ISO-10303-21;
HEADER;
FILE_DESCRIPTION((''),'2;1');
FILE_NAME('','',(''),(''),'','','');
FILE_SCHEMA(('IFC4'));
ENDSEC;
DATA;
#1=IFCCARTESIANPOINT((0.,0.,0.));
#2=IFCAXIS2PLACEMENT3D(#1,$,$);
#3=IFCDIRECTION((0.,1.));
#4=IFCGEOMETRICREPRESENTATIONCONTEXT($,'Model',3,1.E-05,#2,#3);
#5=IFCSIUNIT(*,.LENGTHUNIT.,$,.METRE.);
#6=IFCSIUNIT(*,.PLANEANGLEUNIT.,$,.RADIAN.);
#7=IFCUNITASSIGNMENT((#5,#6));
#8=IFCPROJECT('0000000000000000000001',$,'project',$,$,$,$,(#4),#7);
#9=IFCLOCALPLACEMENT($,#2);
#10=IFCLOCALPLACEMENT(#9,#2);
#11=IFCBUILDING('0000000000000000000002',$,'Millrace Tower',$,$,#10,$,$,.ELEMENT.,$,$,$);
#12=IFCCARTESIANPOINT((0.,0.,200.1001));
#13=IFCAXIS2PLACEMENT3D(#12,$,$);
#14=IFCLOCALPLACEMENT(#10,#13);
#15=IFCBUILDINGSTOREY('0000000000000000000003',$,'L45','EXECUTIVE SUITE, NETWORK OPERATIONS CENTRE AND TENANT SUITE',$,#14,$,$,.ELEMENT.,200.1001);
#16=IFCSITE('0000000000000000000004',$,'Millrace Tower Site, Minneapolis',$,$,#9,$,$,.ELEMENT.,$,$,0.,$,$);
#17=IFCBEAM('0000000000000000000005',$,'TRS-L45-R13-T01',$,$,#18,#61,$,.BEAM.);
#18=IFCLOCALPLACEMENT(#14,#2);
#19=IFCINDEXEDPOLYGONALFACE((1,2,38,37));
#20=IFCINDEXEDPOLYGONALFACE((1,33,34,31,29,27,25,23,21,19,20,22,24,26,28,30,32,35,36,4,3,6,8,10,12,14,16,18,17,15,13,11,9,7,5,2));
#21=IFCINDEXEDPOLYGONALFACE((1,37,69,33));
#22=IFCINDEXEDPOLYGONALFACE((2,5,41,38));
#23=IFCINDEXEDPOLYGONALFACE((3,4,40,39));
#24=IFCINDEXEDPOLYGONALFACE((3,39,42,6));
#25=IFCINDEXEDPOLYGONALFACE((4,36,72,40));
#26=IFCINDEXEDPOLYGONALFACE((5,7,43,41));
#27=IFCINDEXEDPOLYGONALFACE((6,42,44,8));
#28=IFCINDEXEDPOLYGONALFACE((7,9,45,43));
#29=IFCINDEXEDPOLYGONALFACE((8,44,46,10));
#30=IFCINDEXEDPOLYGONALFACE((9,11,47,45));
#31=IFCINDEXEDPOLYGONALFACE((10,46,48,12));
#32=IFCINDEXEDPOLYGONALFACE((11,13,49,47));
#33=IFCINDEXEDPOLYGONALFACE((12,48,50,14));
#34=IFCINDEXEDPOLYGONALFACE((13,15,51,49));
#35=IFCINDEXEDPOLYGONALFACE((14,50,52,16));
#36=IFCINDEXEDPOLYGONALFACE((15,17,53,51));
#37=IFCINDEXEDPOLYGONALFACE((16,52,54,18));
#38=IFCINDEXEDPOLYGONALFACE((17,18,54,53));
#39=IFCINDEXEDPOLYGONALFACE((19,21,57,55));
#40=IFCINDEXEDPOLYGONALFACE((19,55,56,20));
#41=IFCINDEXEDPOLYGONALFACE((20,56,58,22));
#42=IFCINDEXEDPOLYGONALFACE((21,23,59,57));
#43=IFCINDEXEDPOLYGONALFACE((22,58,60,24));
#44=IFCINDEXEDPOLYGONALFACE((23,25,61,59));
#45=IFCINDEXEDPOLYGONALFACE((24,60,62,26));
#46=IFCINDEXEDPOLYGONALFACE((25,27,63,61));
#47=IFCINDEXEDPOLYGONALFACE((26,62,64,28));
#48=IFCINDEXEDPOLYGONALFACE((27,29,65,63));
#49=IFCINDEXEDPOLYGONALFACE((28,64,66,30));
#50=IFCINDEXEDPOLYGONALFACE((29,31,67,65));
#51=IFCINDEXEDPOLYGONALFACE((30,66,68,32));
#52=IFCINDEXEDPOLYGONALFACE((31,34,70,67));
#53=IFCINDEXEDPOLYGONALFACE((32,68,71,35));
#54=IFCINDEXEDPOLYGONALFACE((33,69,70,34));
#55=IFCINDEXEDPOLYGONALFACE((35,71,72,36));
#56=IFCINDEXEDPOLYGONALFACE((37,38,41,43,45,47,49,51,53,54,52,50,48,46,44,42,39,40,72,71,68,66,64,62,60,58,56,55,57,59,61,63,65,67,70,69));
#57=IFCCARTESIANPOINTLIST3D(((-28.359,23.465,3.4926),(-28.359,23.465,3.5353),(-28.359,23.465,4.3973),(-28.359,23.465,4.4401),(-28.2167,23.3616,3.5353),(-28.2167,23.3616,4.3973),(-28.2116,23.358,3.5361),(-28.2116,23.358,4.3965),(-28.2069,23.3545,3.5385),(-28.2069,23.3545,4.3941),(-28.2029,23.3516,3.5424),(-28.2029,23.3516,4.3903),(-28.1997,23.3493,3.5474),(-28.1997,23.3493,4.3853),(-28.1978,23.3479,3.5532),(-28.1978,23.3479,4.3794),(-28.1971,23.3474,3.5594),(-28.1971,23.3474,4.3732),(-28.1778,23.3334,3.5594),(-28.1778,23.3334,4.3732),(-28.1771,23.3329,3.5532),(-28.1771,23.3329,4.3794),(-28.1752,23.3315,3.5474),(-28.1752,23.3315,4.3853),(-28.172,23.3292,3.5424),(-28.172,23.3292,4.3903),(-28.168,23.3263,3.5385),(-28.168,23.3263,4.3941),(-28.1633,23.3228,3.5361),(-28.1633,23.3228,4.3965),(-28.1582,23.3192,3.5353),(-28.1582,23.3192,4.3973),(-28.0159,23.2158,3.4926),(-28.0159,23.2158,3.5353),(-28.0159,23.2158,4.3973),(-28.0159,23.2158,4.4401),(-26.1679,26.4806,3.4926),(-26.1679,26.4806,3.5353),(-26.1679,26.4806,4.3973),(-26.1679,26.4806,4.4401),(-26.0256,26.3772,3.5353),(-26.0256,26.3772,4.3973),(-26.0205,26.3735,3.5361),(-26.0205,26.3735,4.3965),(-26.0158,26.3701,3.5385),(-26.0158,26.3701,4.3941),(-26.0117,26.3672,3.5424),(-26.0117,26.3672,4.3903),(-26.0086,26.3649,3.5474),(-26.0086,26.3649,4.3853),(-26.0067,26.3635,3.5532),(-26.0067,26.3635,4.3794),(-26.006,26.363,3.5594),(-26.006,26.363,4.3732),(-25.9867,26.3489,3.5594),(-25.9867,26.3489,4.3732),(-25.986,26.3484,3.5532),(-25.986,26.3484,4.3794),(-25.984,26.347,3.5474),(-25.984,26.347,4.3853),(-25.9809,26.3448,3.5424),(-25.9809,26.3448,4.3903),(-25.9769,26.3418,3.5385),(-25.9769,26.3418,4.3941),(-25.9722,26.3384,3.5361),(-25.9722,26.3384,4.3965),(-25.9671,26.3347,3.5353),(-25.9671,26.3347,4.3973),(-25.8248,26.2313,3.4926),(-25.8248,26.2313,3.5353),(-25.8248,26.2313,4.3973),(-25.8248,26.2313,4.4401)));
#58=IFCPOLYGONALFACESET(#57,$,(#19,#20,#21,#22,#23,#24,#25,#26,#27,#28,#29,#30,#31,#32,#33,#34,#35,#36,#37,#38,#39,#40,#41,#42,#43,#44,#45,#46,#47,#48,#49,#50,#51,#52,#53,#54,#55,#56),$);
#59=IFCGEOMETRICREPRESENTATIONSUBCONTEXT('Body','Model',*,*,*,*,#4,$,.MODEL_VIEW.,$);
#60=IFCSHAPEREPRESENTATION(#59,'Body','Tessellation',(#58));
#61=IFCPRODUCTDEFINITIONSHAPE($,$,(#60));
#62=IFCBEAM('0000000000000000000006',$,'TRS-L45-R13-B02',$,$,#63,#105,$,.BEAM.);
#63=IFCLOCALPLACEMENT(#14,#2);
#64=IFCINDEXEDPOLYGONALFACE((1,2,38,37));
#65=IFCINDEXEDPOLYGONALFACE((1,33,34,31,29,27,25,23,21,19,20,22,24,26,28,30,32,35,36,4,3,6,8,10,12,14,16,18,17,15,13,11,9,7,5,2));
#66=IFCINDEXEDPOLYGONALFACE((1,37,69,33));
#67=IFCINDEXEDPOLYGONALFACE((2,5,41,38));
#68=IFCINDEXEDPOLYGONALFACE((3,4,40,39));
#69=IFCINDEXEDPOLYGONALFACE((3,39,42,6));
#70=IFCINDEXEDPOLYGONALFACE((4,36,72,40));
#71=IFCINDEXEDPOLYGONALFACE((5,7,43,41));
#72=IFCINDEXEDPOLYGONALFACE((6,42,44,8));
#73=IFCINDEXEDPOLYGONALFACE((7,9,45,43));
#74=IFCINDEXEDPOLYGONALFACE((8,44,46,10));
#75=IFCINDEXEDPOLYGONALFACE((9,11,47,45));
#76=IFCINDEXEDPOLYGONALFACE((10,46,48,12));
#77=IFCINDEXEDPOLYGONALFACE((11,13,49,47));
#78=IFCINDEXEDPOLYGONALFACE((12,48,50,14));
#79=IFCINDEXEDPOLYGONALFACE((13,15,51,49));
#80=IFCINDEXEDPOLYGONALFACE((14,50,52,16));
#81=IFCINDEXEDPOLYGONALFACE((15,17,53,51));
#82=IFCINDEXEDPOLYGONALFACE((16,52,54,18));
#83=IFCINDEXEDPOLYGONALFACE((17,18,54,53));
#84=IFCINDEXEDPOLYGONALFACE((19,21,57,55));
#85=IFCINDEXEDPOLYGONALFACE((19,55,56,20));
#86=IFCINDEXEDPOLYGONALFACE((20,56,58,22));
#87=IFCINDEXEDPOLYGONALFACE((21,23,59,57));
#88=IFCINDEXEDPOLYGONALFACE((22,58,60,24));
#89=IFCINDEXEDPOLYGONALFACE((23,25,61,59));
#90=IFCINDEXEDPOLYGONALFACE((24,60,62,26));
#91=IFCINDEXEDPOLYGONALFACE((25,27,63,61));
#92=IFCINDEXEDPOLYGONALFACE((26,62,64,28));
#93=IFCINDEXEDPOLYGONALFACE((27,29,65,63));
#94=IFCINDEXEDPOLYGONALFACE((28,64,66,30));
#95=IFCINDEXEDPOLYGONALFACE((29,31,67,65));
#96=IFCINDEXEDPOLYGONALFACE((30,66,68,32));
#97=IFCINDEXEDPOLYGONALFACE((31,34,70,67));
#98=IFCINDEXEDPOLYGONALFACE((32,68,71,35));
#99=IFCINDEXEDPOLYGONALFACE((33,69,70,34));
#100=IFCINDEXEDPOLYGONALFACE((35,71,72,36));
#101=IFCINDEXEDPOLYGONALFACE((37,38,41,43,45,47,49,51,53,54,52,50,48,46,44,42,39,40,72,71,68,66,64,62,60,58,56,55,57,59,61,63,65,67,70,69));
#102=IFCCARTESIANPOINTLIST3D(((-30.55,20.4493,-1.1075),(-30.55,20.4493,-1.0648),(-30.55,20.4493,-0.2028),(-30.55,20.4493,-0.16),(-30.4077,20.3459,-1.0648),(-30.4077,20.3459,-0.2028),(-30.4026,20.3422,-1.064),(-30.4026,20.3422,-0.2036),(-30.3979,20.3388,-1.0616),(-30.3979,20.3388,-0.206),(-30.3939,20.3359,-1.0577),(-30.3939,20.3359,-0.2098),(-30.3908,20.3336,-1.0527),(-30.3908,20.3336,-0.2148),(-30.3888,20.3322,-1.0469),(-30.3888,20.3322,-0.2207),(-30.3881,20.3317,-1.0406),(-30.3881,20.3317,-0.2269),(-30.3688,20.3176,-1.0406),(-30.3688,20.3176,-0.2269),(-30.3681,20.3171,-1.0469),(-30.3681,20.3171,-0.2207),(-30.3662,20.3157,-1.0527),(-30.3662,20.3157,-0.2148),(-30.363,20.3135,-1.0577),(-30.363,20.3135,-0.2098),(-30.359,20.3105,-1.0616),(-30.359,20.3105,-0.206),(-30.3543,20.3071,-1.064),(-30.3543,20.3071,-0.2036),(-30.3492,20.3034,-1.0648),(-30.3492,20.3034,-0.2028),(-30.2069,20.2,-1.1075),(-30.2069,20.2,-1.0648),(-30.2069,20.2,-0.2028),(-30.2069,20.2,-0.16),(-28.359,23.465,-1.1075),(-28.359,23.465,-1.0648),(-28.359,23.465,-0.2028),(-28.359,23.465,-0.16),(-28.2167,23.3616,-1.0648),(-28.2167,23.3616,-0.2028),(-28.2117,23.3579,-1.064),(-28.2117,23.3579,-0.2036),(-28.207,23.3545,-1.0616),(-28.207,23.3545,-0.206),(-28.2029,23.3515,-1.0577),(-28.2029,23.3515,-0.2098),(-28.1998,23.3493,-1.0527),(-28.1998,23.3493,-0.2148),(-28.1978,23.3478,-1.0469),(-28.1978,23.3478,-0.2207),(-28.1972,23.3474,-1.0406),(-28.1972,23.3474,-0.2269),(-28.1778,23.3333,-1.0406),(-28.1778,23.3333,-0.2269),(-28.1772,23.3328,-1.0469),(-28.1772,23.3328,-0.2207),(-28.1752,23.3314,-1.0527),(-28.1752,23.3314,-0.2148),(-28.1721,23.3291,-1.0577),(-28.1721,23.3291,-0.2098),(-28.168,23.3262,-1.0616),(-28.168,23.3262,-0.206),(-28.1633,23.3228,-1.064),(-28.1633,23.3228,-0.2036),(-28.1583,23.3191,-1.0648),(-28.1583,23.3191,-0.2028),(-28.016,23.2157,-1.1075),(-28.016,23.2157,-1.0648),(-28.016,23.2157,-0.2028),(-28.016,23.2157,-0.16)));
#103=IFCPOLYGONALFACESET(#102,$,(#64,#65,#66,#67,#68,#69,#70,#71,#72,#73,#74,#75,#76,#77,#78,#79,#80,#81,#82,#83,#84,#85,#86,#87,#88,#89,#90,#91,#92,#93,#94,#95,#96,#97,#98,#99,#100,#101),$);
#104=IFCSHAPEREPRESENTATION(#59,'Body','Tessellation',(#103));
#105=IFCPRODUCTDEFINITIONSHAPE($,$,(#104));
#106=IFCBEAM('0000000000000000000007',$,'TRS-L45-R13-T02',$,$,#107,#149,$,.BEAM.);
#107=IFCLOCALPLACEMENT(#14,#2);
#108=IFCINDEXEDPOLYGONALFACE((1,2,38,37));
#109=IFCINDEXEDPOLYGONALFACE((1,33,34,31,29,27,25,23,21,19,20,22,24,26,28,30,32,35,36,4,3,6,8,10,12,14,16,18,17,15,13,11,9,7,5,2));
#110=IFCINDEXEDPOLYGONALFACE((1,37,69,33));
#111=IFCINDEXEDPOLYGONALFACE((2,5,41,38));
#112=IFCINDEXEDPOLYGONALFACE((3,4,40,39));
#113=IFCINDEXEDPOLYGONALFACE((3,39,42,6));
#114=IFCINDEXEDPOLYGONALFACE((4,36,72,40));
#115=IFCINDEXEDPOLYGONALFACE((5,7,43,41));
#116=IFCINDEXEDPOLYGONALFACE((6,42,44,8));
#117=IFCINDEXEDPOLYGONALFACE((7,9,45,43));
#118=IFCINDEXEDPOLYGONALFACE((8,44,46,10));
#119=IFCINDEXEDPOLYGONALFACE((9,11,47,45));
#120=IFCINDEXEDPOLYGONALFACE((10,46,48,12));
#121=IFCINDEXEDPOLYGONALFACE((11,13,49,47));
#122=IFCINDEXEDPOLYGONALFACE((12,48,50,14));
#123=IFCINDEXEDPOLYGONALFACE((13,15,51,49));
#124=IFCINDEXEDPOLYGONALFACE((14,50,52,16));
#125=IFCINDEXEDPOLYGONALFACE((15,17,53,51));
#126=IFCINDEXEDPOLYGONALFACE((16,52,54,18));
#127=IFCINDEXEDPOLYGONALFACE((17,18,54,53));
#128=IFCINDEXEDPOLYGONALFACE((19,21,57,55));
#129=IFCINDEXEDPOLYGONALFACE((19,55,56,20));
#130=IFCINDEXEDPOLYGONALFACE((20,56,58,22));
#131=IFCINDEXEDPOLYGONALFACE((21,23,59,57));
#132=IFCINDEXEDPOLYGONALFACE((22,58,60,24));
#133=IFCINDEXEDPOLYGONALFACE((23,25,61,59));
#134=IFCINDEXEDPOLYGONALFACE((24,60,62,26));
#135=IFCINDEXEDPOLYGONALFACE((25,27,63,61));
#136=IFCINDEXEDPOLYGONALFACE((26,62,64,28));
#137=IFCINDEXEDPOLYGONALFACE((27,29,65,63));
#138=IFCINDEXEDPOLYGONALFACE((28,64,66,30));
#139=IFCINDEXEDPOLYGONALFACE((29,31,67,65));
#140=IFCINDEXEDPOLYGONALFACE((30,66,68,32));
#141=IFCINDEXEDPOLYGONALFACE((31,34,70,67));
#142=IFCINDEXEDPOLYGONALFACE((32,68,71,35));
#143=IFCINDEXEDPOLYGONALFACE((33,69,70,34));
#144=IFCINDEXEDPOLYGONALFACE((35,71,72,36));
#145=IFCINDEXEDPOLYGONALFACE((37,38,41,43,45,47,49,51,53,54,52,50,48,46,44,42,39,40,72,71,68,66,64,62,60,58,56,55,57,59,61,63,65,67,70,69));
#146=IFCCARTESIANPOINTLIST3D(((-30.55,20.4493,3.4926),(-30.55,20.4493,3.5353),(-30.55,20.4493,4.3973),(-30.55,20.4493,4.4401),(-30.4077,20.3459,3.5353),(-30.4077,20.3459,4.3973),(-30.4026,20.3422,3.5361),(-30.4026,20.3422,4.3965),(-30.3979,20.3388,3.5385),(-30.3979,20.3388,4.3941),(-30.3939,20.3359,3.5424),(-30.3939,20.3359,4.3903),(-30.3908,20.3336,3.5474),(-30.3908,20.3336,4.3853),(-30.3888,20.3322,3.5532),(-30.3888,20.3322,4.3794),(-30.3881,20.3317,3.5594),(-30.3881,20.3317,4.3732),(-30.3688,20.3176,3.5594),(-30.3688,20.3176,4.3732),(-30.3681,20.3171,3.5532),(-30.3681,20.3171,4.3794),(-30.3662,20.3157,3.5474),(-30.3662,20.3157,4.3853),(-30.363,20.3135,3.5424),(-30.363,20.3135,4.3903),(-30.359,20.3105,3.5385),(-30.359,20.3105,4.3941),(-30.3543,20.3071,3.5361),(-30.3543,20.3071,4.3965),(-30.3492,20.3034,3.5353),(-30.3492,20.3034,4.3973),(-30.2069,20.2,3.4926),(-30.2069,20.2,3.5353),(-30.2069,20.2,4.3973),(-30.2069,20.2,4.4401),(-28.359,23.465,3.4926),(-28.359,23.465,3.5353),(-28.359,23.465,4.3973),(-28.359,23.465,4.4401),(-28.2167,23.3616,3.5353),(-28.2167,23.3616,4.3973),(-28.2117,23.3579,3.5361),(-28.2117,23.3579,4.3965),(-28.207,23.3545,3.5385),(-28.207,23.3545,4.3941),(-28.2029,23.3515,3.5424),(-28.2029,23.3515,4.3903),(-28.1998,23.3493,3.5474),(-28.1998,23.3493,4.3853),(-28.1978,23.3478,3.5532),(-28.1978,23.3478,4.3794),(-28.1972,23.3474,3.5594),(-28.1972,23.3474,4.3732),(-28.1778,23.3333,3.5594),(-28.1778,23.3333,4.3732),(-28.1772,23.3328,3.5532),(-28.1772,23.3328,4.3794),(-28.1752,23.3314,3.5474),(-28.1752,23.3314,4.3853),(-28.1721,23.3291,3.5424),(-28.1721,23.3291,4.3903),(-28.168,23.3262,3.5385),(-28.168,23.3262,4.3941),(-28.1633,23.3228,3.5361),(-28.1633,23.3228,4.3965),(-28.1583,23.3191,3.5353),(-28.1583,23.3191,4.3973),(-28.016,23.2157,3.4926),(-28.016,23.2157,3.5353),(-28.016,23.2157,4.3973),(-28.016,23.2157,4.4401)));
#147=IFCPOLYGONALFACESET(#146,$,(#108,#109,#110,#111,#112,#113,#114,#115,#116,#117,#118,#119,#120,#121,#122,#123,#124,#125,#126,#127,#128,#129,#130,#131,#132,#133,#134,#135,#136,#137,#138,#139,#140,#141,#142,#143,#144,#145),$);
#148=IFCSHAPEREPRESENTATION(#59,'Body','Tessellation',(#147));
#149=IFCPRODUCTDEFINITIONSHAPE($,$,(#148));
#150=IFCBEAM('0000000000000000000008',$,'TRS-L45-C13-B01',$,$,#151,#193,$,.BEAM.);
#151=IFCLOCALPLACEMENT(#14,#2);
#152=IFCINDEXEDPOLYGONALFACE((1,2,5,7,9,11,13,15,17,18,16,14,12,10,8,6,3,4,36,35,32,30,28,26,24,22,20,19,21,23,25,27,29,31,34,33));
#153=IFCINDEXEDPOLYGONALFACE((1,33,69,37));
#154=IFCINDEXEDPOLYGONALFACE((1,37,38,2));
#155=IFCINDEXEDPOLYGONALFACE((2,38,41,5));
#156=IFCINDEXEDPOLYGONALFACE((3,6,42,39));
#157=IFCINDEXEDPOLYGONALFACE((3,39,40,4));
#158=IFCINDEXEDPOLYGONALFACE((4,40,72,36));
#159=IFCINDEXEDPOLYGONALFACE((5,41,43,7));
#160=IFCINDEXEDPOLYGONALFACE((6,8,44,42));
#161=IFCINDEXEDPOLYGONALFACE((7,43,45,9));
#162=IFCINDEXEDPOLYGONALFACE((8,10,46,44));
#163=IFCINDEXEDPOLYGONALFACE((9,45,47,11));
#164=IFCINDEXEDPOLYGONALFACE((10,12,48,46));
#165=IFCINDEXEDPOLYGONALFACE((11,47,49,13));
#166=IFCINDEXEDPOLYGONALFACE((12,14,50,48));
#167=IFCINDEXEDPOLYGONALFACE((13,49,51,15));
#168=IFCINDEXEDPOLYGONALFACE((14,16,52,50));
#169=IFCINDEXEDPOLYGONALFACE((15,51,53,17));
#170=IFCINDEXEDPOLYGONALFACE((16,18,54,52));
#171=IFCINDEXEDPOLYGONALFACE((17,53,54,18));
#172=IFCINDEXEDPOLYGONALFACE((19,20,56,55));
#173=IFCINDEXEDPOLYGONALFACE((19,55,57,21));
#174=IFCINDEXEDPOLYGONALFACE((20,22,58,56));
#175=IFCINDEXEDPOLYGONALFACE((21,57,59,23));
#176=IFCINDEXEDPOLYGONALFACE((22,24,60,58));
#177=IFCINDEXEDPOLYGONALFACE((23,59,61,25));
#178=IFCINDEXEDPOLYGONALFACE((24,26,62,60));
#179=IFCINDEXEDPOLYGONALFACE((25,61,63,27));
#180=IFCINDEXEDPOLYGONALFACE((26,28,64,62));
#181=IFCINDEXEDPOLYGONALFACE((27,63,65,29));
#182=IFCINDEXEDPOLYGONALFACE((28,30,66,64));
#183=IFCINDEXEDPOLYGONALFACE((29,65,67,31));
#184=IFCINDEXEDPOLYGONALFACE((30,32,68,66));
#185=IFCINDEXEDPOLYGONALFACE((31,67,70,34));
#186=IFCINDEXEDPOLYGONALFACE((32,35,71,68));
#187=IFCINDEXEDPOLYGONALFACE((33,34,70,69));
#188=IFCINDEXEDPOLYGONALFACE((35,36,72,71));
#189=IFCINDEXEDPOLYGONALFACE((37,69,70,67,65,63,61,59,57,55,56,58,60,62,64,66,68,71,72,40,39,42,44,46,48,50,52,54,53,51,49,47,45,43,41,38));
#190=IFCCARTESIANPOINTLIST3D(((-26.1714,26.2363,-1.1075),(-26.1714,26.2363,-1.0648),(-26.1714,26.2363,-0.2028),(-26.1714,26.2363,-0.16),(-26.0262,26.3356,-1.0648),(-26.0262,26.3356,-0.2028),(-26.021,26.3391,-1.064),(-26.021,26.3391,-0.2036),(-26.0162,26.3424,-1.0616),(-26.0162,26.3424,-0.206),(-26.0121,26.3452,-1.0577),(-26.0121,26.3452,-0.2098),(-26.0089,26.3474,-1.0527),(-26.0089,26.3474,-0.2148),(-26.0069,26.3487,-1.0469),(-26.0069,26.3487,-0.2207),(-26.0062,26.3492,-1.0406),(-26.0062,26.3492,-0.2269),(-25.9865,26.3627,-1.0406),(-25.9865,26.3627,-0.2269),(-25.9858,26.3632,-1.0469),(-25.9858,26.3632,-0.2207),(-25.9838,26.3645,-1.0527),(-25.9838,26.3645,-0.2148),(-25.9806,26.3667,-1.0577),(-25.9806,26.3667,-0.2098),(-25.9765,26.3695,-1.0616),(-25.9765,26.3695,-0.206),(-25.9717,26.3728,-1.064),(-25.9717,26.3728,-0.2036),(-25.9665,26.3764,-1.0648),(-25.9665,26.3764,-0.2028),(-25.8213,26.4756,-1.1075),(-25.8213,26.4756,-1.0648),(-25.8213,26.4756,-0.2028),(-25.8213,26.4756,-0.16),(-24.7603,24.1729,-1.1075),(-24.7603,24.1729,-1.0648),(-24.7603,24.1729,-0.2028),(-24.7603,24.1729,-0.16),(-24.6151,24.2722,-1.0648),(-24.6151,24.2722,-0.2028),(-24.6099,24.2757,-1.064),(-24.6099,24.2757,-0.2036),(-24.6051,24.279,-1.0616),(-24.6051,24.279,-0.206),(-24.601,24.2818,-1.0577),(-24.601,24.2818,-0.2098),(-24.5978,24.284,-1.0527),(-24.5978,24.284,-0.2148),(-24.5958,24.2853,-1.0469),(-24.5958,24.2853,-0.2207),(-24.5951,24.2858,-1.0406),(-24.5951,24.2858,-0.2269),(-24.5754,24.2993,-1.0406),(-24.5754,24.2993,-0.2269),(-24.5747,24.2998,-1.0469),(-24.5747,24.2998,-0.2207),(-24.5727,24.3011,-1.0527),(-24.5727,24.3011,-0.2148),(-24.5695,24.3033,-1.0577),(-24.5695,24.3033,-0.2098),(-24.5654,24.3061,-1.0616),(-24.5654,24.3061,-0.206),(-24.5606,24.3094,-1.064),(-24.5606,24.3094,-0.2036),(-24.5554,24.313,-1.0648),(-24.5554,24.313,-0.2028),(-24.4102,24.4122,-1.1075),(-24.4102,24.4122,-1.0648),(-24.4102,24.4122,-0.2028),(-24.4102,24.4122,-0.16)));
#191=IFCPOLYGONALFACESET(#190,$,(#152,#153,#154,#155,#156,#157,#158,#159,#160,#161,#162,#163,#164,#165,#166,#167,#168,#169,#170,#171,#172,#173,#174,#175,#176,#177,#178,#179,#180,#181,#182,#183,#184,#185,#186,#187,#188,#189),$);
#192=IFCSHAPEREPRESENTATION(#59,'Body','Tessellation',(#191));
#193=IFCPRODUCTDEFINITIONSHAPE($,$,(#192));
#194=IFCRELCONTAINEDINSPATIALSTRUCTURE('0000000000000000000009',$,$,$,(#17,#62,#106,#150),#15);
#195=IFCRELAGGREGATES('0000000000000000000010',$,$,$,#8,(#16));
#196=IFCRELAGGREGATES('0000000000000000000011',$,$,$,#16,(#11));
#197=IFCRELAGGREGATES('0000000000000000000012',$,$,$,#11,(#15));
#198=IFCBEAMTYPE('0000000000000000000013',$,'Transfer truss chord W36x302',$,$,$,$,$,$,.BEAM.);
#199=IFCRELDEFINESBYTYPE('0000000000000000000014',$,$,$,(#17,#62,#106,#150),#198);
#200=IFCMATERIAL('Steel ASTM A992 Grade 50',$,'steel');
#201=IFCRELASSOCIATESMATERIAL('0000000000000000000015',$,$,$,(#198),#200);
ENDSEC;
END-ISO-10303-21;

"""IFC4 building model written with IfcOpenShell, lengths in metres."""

from ifc_helpers import new_model, si_unit, direction, frame, origin, origin_2d, place, context, subcontext, project, spatial, i_section, extrude, material, material_profile, profile_set, type_object, element, save


model = new_model("IFC4")

# Units and contexts
model_context = context("Model", 3, precision=1e-05, world=origin(), true_north=direction((0.0, 1.0)))
body_context = subcontext(model_context, "Body", "Model", "MODEL_VIEW")
ifc_project = project(units=[si_unit("LENGTHUNIT", "METRE"), si_unit("PLANEANGLEUNIT", "RADIAN")], contexts=[model_context])

# Site, building, storey
site_placement = place(None, origin())
site = spatial("IfcSite", under=ifc_project, at=site_placement, Name="Millrace Tower Site, Minneapolis", CompositionType="ELEMENT", RefElevation=0.0)
building_placement = place(site_placement, origin())
building = spatial("IfcBuilding", under=site, at=building_placement, Name="Millrace Tower", CompositionType="ELEMENT")
storey_placement = place(building_placement, frame((0.0, 0.0, 200.1001)))
storey = spatial("IfcBuildingStorey", under=building, at=storey_placement, Name="L45", Description="EXECUTIVE SUITE, NETWORK OPERATIONS CENTRE AND TENANT SUITE", CompositionType="ELEMENT", Elevation=200.1001)

# Beams
ifc_material_1 = material(Name="Steel ASTM A992 Grade 50", Category="steel")
ifc_material_profile_1 = material_profile(ifc_material_1, i_section(OverallWidth=0.4241, OverallDepth=0.9475, WebThickness=0.0239, FlangeThickness=0.0427, FilletRadius=0.0242, at=origin_2d()))
ifc_profile_set_1 = profile_set([ifc_material_profile_1], Name="Steel ASTM A992 Grade 50")
beam_type_1 = type_object("IfcBeamType", Name="Transfer truss chord W36x302", PredefinedType="BEAM", material=ifc_profile_set_1)
for number, where, z_axis, x_axis, name in (
    (1, (-25.9963, 26.356, 3.9663), (-0.587817, -0.808994, 0.0), (0.808994, -0.587817, 0.0), "TRS-L45-R13-T01"),
    (2, (-28.1875, 23.3403, -0.6338), (-0.587774, -0.809025, 0.0), (0.809025, -0.587774, 0.0), "TRS-L45-R13-B02"),
    (3, (-28.1875, 23.3403, 3.9663), (-0.587774, -0.809025, 0.0), (0.809025, -0.587774, 0.0), "TRS-L45-R13-T02"),
):
    element("IfcBeam", number, at=place(storey_placement, frame(where, z_axis=z_axis, x_axis=x_axis)), inside=storey, type_object=beam_type_1, Name=name, PredefinedType="BEAM", context=body_context, shape_type="SweptSolid", body=[
        extrude(i_section(OverallWidth=0.4241, OverallDepth=0.9475, WebThickness=0.0239, FlangeThickness=0.0427, FilletRadius=0.0242, at=origin_2d()), origin(), (0.0, 0.0, 1.0), 3.7275),
    ])
for number, where, z_axis, x_axis, name in (
    (4, (-25.9963, 26.356, -0.6338), (0.564488, -0.825441, 0.0), (0.825441, 0.564488, 0.0), "TRS-L45-C13-B01"),
):
    element("IfcBeam", number, at=place(storey_placement, frame(where, z_axis=z_axis, x_axis=x_axis)), inside=storey, type_object=beam_type_1, Name=name, PredefinedType="BEAM", context=body_context, shape_type="SweptSolid", body=[
        extrude(i_section(OverallWidth=0.4241, OverallDepth=0.9475, WebThickness=0.0239, FlangeThickness=0.0427, FilletRadius=0.0242, at=origin_2d()), origin(), (0.0, 0.0, 1.0), 2.4998),
    ])

save(model, "model.ifc")
